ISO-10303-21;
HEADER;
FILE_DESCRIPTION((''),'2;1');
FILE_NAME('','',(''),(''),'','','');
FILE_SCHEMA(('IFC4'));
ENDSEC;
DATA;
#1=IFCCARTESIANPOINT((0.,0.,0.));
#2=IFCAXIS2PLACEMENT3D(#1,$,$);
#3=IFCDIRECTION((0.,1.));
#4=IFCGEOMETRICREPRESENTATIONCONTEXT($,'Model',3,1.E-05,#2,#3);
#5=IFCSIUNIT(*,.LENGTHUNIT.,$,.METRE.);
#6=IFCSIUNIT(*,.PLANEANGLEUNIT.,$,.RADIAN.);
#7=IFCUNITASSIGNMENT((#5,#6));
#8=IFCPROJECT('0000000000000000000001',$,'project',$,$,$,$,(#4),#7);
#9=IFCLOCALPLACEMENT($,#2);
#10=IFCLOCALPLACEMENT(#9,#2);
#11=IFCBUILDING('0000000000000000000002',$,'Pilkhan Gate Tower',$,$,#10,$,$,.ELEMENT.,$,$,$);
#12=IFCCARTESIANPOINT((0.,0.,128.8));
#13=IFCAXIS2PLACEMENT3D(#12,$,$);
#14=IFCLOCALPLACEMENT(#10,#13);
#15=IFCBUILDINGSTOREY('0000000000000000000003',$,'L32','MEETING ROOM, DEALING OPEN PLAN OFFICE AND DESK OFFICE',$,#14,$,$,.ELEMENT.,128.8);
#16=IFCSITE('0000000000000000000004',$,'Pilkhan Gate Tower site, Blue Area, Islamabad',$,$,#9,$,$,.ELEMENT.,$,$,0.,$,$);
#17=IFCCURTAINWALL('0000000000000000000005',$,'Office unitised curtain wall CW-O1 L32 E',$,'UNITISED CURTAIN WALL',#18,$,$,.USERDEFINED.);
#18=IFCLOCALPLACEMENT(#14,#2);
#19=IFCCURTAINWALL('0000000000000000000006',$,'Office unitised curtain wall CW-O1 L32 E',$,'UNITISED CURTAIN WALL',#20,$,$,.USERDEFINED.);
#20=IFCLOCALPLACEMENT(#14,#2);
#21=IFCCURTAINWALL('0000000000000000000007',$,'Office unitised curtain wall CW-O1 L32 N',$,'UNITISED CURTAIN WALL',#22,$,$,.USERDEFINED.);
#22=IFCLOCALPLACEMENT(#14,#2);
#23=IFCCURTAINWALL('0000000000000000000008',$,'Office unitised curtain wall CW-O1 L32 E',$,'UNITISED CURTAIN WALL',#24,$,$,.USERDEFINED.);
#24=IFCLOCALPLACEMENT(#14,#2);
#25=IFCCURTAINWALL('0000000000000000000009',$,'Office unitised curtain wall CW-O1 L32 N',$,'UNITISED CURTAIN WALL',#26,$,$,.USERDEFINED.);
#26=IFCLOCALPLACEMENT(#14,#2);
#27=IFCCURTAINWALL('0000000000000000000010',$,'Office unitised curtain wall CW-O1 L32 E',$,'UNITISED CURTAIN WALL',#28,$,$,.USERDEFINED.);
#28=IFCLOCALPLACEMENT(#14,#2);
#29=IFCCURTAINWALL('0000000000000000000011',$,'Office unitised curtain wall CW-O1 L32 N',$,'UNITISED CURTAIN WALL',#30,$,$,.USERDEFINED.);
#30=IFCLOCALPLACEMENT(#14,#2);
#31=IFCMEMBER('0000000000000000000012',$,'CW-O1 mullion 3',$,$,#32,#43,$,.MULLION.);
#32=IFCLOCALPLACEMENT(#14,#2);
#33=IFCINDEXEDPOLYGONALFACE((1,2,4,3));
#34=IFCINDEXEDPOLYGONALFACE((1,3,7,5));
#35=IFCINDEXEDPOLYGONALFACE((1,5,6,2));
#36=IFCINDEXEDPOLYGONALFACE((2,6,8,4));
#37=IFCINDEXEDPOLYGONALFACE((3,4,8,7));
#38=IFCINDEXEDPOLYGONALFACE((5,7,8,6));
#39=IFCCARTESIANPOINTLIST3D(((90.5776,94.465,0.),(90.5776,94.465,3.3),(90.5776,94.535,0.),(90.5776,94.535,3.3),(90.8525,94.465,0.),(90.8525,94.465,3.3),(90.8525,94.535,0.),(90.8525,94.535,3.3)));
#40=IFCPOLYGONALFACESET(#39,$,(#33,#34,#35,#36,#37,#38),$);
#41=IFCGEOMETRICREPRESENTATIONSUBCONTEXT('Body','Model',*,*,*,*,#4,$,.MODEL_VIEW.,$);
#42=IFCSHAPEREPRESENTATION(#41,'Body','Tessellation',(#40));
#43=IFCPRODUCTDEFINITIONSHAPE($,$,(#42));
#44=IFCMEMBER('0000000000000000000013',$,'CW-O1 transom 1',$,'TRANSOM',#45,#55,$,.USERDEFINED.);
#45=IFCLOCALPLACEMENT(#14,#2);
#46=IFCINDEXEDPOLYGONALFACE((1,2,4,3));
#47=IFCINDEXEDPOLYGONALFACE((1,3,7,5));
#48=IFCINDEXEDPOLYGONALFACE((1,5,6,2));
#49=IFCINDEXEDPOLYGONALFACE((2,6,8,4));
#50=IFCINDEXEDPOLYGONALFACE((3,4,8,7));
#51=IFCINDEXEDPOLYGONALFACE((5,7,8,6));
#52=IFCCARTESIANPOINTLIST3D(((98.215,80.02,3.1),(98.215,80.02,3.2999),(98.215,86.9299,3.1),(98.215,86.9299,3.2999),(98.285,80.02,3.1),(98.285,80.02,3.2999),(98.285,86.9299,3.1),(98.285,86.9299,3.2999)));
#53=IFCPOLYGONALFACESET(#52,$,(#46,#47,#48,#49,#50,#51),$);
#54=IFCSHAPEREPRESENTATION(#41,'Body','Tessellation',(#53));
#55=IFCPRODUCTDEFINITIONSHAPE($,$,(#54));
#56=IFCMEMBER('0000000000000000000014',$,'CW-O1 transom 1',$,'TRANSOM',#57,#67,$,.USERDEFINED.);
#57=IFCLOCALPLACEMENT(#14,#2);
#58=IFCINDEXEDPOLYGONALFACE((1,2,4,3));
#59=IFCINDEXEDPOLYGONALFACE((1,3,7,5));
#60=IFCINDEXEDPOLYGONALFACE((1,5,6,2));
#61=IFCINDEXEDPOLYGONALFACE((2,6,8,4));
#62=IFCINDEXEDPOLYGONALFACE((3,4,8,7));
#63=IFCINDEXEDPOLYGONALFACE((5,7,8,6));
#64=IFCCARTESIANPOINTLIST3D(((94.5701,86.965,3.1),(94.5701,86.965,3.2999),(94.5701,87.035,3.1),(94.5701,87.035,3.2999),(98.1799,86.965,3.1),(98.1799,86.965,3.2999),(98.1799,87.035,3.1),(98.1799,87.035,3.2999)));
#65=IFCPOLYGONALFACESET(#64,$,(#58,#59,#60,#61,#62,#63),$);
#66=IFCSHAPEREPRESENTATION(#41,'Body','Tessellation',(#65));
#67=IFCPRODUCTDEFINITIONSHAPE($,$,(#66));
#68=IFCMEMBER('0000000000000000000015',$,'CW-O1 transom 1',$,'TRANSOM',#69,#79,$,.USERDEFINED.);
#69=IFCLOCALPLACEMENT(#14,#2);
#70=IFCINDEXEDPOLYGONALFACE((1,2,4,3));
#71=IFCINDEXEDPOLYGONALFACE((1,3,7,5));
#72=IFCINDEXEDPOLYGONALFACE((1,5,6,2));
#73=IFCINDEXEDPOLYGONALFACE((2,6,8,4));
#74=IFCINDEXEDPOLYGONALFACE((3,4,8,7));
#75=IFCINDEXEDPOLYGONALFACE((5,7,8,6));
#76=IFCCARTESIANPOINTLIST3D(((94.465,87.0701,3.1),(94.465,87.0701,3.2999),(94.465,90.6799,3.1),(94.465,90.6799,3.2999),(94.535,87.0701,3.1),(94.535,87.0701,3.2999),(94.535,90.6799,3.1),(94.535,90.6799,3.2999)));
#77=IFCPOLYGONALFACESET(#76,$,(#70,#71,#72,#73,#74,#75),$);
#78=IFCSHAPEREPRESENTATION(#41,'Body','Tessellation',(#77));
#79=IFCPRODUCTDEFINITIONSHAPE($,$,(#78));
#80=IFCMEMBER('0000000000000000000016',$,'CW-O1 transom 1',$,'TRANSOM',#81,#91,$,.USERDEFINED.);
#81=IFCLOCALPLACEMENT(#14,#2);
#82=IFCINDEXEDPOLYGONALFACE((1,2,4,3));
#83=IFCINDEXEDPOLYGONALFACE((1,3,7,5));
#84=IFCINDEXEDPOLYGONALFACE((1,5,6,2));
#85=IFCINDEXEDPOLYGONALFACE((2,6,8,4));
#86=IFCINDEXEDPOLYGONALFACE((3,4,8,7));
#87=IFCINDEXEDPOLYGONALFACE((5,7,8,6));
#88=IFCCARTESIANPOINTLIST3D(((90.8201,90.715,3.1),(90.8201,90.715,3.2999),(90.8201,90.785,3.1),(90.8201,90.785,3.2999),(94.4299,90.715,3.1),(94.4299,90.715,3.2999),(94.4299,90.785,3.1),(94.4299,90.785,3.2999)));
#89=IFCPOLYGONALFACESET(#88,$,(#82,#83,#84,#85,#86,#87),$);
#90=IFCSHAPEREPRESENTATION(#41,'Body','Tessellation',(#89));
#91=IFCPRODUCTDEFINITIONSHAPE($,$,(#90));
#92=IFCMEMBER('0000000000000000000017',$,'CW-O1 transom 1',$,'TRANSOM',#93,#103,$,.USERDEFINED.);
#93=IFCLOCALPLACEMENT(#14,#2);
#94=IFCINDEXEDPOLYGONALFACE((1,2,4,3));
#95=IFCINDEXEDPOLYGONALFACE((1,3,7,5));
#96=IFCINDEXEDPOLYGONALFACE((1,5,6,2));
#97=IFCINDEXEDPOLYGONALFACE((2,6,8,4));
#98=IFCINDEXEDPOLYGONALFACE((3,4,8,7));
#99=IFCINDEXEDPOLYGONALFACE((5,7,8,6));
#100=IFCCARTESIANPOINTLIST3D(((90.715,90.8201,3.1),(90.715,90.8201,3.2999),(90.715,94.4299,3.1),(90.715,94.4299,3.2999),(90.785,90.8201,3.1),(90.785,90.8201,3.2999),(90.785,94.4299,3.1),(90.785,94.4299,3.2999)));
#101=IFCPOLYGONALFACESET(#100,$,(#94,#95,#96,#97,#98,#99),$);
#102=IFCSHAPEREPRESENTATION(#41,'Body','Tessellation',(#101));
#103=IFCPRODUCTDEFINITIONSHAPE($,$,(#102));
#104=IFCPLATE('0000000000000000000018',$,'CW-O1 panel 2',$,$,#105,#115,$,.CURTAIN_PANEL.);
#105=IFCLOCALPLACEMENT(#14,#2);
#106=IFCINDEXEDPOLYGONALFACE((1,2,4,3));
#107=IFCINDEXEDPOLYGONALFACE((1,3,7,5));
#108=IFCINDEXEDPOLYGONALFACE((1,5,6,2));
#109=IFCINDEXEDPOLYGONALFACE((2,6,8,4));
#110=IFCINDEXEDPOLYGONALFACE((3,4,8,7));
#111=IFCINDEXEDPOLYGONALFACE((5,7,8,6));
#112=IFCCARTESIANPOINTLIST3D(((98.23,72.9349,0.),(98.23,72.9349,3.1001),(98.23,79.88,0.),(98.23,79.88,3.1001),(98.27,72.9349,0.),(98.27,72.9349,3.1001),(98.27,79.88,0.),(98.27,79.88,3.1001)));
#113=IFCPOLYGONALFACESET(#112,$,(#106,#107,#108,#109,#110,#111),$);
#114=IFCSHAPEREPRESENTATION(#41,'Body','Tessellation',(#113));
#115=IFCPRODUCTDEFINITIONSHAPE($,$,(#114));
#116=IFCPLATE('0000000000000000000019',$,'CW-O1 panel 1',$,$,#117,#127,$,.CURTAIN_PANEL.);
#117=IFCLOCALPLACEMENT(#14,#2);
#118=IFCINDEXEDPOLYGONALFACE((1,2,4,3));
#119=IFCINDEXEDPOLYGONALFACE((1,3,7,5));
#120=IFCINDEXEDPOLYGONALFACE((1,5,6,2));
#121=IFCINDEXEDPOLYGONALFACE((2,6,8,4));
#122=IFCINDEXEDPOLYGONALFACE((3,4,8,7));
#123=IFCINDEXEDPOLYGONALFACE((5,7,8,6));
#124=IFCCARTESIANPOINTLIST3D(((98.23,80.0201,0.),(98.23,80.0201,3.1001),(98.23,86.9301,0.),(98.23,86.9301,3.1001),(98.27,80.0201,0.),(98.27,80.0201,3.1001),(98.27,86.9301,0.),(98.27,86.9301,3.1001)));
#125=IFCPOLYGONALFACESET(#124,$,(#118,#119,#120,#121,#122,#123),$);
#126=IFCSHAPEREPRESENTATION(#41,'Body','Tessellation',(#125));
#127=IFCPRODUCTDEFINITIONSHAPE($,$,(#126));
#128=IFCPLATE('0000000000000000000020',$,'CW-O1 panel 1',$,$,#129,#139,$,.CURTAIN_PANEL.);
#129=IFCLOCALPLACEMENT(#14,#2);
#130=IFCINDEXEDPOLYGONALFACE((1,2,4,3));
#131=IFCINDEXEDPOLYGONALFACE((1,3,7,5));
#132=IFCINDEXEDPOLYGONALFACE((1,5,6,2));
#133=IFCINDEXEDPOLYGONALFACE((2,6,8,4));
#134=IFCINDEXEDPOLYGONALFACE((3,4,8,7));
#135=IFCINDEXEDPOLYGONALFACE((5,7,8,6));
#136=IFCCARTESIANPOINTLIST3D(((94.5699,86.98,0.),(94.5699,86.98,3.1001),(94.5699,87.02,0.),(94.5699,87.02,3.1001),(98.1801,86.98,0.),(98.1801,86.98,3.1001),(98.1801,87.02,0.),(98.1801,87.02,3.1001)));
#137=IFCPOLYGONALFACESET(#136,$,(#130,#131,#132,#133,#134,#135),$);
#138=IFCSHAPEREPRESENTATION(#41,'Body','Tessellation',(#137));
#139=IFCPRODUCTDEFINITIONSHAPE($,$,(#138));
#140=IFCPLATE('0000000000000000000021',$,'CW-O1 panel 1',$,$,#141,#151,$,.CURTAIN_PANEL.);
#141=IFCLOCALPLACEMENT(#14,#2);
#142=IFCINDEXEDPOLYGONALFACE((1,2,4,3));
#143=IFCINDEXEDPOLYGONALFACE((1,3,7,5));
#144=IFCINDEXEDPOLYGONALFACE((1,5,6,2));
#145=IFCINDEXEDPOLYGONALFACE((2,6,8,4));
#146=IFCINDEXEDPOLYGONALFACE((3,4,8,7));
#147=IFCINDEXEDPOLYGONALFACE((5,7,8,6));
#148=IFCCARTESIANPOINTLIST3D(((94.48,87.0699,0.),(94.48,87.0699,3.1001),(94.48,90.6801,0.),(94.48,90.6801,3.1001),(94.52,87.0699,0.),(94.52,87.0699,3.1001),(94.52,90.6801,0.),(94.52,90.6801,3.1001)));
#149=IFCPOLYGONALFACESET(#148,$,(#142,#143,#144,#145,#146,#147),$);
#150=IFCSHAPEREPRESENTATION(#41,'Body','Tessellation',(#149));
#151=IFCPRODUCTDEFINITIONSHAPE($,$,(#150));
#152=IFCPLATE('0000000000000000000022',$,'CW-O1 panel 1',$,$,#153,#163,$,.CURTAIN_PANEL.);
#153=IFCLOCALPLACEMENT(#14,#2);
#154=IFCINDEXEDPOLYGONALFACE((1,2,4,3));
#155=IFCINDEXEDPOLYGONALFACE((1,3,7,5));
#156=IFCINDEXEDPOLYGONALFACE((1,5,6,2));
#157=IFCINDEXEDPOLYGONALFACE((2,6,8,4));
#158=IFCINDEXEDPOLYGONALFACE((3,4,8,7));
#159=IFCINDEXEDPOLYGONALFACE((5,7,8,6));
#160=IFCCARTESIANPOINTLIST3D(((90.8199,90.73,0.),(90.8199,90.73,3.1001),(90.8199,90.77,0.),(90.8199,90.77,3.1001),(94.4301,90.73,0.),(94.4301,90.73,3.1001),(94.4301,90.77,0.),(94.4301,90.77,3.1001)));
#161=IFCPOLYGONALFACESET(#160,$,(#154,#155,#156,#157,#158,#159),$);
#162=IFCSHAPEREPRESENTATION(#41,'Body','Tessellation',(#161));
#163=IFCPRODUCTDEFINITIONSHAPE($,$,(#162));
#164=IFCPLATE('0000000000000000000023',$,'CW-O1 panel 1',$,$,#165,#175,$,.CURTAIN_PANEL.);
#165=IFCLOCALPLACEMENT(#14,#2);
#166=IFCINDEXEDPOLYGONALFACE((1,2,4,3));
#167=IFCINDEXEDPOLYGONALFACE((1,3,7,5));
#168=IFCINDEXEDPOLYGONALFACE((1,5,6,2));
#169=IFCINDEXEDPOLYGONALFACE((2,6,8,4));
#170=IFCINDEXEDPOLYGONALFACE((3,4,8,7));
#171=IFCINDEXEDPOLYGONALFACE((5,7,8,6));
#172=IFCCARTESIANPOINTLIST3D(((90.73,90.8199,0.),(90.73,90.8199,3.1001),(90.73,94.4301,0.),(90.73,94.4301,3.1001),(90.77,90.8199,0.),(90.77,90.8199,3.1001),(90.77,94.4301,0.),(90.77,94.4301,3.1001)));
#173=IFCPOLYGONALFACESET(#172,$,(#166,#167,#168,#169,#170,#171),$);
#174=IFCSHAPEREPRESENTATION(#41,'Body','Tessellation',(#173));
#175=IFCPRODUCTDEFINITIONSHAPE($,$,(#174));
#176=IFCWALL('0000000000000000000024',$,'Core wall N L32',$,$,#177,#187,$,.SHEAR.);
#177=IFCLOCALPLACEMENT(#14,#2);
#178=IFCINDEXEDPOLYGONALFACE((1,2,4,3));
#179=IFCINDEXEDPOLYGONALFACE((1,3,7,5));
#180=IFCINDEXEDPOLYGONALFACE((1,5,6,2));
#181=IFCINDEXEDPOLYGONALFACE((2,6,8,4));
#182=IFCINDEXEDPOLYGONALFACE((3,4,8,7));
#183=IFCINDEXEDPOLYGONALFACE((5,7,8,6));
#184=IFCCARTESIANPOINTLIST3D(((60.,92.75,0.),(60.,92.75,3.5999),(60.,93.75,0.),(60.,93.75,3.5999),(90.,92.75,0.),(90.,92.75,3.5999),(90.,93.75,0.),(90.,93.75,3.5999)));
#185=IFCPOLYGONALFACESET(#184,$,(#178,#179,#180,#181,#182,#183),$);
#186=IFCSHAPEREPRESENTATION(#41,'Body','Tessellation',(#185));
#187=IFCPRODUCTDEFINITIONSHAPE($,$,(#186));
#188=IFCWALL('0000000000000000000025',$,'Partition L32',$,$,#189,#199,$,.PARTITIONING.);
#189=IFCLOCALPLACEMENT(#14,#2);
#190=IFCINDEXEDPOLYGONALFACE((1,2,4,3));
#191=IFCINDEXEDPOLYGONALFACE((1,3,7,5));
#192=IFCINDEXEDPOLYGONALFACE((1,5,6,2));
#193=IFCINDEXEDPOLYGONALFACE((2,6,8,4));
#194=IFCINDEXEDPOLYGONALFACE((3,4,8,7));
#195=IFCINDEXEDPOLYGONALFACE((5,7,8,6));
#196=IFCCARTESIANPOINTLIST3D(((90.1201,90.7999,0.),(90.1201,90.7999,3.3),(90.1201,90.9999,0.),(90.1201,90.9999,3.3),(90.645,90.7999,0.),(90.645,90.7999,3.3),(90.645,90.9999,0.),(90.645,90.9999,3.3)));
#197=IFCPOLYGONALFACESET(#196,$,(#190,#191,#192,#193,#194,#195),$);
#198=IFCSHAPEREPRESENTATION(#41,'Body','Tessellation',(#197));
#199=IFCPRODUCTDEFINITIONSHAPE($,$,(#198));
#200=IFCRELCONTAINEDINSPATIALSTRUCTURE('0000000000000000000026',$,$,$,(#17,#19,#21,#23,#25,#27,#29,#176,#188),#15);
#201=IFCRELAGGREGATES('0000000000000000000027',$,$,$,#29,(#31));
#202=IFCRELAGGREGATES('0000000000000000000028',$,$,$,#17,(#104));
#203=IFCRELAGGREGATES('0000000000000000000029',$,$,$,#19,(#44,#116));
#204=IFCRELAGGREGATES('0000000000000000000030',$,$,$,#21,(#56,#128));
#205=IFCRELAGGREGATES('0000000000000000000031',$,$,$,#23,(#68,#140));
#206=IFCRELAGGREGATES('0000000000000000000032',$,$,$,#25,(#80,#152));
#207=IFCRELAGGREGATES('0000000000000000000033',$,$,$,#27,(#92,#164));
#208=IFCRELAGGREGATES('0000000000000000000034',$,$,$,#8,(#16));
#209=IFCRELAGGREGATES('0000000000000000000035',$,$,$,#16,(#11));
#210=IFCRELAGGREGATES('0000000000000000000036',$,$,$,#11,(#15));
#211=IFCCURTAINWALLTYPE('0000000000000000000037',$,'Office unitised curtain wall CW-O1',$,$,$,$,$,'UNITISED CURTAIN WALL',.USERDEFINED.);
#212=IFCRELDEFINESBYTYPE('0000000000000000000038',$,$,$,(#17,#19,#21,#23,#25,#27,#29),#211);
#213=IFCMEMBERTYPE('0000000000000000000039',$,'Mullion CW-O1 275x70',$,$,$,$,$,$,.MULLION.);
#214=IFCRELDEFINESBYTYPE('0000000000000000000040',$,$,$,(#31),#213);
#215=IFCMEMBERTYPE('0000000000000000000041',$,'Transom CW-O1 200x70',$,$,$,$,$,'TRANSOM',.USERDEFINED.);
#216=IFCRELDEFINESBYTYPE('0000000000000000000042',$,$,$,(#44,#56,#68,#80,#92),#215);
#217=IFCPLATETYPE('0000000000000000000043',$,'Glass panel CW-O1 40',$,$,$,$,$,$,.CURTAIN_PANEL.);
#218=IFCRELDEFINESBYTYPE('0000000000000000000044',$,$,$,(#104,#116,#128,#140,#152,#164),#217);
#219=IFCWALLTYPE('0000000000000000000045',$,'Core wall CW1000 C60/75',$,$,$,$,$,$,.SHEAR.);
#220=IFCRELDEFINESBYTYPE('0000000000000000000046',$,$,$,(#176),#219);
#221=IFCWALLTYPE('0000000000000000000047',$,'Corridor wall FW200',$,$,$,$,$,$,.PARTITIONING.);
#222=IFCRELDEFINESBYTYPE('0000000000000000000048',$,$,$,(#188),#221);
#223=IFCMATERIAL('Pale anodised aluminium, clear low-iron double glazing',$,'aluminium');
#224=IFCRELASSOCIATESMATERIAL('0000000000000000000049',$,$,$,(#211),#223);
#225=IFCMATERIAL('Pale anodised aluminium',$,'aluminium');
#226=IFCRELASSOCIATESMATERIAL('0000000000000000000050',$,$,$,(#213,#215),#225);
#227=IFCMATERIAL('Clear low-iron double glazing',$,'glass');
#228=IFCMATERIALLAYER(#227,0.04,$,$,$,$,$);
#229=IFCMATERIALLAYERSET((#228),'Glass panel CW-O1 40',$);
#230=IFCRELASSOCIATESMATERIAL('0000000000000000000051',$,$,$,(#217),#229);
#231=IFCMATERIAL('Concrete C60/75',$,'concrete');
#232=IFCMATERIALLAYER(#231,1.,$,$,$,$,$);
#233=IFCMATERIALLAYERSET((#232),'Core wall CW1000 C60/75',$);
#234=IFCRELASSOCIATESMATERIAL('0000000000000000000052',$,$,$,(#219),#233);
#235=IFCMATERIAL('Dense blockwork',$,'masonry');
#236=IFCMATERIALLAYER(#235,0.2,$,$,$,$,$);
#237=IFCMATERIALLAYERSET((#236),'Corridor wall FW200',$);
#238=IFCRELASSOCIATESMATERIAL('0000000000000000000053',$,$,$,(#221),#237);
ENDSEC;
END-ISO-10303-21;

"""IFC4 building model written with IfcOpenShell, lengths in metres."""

from ifc_helpers import new_model, si_unit, direction, frame, frame_2d, origin, origin_2d, place, context, subcontext, project, spatial, rectangle, extrude, material, layer, layer_set, material_profile, profile_set, type_object, element, aggregate, save


model = new_model("IFC4")

# Units and contexts
model_context = context("Model", 3, precision=1e-05, world=origin(), true_north=direction((0.0, 1.0)))
body_context = subcontext(model_context, "Body", "Model", "MODEL_VIEW")
ifc_project = project(units=[si_unit("LENGTHUNIT", "METRE"), si_unit("PLANEANGLEUNIT", "RADIAN")], contexts=[model_context])

# Site, building, storey
site_placement = place(None, origin())
site = spatial("IfcSite", under=ifc_project, at=site_placement, Name="Pilkhan Gate Tower site, Blue Area, Islamabad", CompositionType="ELEMENT", RefElevation=0.0)
building_placement = place(site_placement, origin())
building = spatial("IfcBuilding", under=site, at=building_placement, Name="Pilkhan Gate Tower", CompositionType="ELEMENT")
storey_placement = place(building_placement, frame((0.0, 0.0, 128.8)))
storey = spatial("IfcBuildingStorey", under=building, at=storey_placement, Name="L32", Description="MEETING ROOM, DEALING OPEN PLAN OFFICE AND DESK OFFICE", CompositionType="ELEMENT", Elevation=128.8)

# Shared definitions
ifc_material_1 = material(Name="Concrete C60/75", Category="concrete")

# Curtain wall
ifc_material_2 = material(Name="Pale anodised aluminium, clear low-iron double glazing", Category="aluminium")
curtain_wall_type = type_object("IfcCurtainWallType", Name="Office unitised curtain wall CW-O1", ElementType="UNITISED CURTAIN WALL", PredefinedType="USERDEFINED", material=ifc_material_2)
curtain_wall_1_placement = place(storey_placement, origin())
curtain_wall_1 = element("IfcCurtainWall", 1, at=curtain_wall_1_placement, inside=storey, type_object=curtain_wall_type, Name="Office unitised curtain wall CW-O1 L32 E", ObjectType="UNITISED CURTAIN WALL", PredefinedType="USERDEFINED")
ifc_material_3 = material(Name="Pale anodised aluminium", Category="aluminium")
ifc_material_profile_1 = material_profile(ifc_material_3, rectangle(XDim=0.0701, YDim=0.2749, at=origin_2d()), Name="Mullion 275x70")
ifc_profile_set_1 = profile_set([ifc_material_profile_1], Name="Pale anodised aluminium")
member_type_1 = type_object("IfcMemberType", Name="Mullion CW-O1 275x70", PredefinedType="MULLION", material=ifc_profile_set_1)

# Curtain walls
curtain_wall_2_placement = place(storey_placement, origin())
curtain_wall_2 = element("IfcCurtainWall", 2, at=curtain_wall_2_placement, inside=storey, type_object=curtain_wall_type, Name="Office unitised curtain wall CW-O1 L32 E", ObjectType="UNITISED CURTAIN WALL", PredefinedType="USERDEFINED")
curtain_wall_3_placement = place(storey_placement, origin())
curtain_wall_3 = element("IfcCurtainWall", 3, at=curtain_wall_3_placement, inside=storey, type_object=curtain_wall_type, Name="Office unitised curtain wall CW-O1 L32 N", ObjectType="UNITISED CURTAIN WALL", PredefinedType="USERDEFINED")
curtain_wall_4_placement = place(storey_placement, origin())
curtain_wall_4 = element("IfcCurtainWall", 4, at=curtain_wall_4_placement, inside=storey, type_object=curtain_wall_type, Name="Office unitised curtain wall CW-O1 L32 E", ObjectType="UNITISED CURTAIN WALL", PredefinedType="USERDEFINED")
curtain_wall_5_placement = place(storey_placement, origin())
curtain_wall_5 = element("IfcCurtainWall", 5, at=curtain_wall_5_placement, inside=storey, type_object=curtain_wall_type, Name="Office unitised curtain wall CW-O1 L32 N", ObjectType="UNITISED CURTAIN WALL", PredefinedType="USERDEFINED")
curtain_wall_6_placement = place(storey_placement, origin())
curtain_wall_6 = element("IfcCurtainWall", 6, at=curtain_wall_6_placement, inside=storey, type_object=curtain_wall_type, Name="Office unitised curtain wall CW-O1 L32 E", ObjectType="UNITISED CURTAIN WALL", PredefinedType="USERDEFINED")

# Curtain wall, member
curtain_wall_7_placement = place(storey_placement, origin())
curtain_wall_7 = element("IfcCurtainWall", 7, at=curtain_wall_7_placement, inside=storey, type_object=curtain_wall_type, Name="Office unitised curtain wall CW-O1 L32 N", ObjectType="UNITISED CURTAIN WALL", PredefinedType="USERDEFINED")
member_1_placement = place(storey_placement, frame((90.7151, 94.5, 0.0), z_axis=(0.0, 0.0, 1.0), x_axis=(0.0, 1.0, 0.0)))
member_1 = element("IfcMember", 8, at=member_1_placement, type_object=member_type_1, Name="CW-O1 mullion 3", PredefinedType="MULLION", context=body_context, shape_type="SweptSolid", body=[
    extrude(rectangle(XDim=0.0701, YDim=0.2749, at=origin_2d()), origin(), (0.0, 0.0, 1.0), 3.3),
])
aggregate(curtain_wall_7, [member_1])

# Members
ifc_material_profile_2 = material_profile(ifc_material_3, rectangle(XDim=0.0701, YDim=0.2, at=origin_2d()), Name="Transom 200x70")
ifc_profile_set_2 = profile_set([ifc_material_profile_2], Name="Pale anodised aluminium")
member_type_2 = type_object("IfcMemberType", Name="Transom CW-O1 200x70", ElementType="TRANSOM", PredefinedType="USERDEFINED", material=ifc_profile_set_2)
member_2_placement = place(storey_placement, frame((98.25, 80.02, 3.2), z_axis=(0.0, 1.0, 0.0), x_axis=(-1.0, 0.0, 0.0)))
member_2 = element("IfcMember", 9, at=member_2_placement, type_object=member_type_2, Name="CW-O1 transom 1", ObjectType="TRANSOM", PredefinedType="USERDEFINED", context=body_context, shape_type="SweptSolid", body=[
    extrude(rectangle(XDim=0.0701, YDim=0.2, at=origin_2d()), origin(), (0.0, 0.0, 1.0), 6.9099),
])
member_3_placement = place(storey_placement, frame((94.5701, 87.0, 3.2), z_axis=(1.0, 0.0, 0.0), x_axis=(0.0, 1.0, 0.0)))
member_3 = element("IfcMember", 10, at=member_3_placement, type_object=member_type_2, Name="CW-O1 transom 1", ObjectType="TRANSOM", PredefinedType="USERDEFINED", context=body_context, shape_type="SweptSolid", body=[
    extrude(rectangle(XDim=0.0701, YDim=0.2, at=origin_2d()), origin(), (0.0, 0.0, 1.0), 3.6099),
])
member_4_placement = place(storey_placement, frame((94.5, 87.0701, 3.2), z_axis=(0.0, 1.0, 0.0), x_axis=(-1.0, 0.0, 0.0)))
member_4 = element("IfcMember", 11, at=member_4_placement, type_object=member_type_2, Name="CW-O1 transom 1", ObjectType="TRANSOM", PredefinedType="USERDEFINED", context=body_context, shape_type="SweptSolid", body=[
    extrude(rectangle(XDim=0.0701, YDim=0.2, at=origin_2d()), origin(), (0.0, 0.0, 1.0), 3.6099),
])
member_5_placement = place(storey_placement, frame((90.8201, 90.75, 3.2), z_axis=(1.0, 0.0, 0.0), x_axis=(0.0, 1.0, 0.0)))
member_5 = element("IfcMember", 12, at=member_5_placement, type_object=member_type_2, Name="CW-O1 transom 1", ObjectType="TRANSOM", PredefinedType="USERDEFINED", context=body_context, shape_type="SweptSolid", body=[
    extrude(rectangle(XDim=0.0701, YDim=0.2, at=origin_2d()), origin(), (0.0, 0.0, 1.0), 3.6099),
])
member_6_placement = place(storey_placement, frame((90.75, 90.8201, 3.2), z_axis=(0.0, 1.0, 0.0), x_axis=(-1.0, 0.0, 0.0)))
member_6 = element("IfcMember", 13, at=member_6_placement, type_object=member_type_2, Name="CW-O1 transom 1", ObjectType="TRANSOM", PredefinedType="USERDEFINED", context=body_context, shape_type="SweptSolid", body=[
    extrude(rectangle(XDim=0.0701, YDim=0.2, at=origin_2d()), origin(), (0.0, 0.0, 1.0), 3.6099),
])

# Plates
ifc_material_4 = material(Name="Clear low-iron double glazing", Category="glass")
ifc_layer_1 = layer(ifc_material_4, 0.04)
ifc_layer_set_1 = layer_set([ifc_layer_1], Name="Glass panel CW-O1 40")
plate_type = type_object("IfcPlateType", Name="Glass panel CW-O1 40", PredefinedType="CURTAIN_PANEL", material=ifc_layer_set_1)
plate_1_placement = place(storey_placement, frame((98.25, 76.4075, 0.0), z_axis=(0.0, 0.0, 1.0), x_axis=(0.0, 1.0, 0.0)))
plate_1 = element("IfcPlate", 14, at=plate_1_placement, type_object=plate_type, Name="CW-O1 panel 2", PredefinedType="CURTAIN_PANEL", context=body_context, shape_type="SweptSolid", body=[
    extrude(rectangle(XDim=6.9451, YDim=0.04, at=origin_2d()), origin(), (0.0, 0.0, 1.0), 3.1001),
])
aggregate(curtain_wall_1, [plate_1])
plate_2_placement = place(storey_placement, frame((98.25, 83.4751, 0.0), z_axis=(0.0, 0.0, 1.0), x_axis=(0.0, 1.0, 0.0)))
plate_2 = element("IfcPlate", 15, at=plate_2_placement, type_object=plate_type, Name="CW-O1 panel 1", PredefinedType="CURTAIN_PANEL", context=body_context, shape_type="SweptSolid", body=[
    extrude(rectangle(XDim=6.9099, YDim=0.04, at=origin_2d()), origin(), (0.0, 0.0, 1.0), 3.1001),
])
aggregate(curtain_wall_2, [member_2, plate_2])
plate_3_placement = place(storey_placement, frame((96.375, 87.0, 0.0), z_axis=(0.0, 0.0, 1.0), x_axis=(1.0, 0.0, 0.0)))
plate_3 = element("IfcPlate", 16, at=plate_3_placement, type_object=plate_type, Name="CW-O1 panel 1", PredefinedType="CURTAIN_PANEL", context=body_context, shape_type="SweptSolid", body=[
    extrude(rectangle(XDim=3.6101, YDim=0.04, at=origin_2d()), origin(), (0.0, 0.0, 1.0), 3.1001),
])
aggregate(curtain_wall_3, [member_3, plate_3])
plate_4_placement = place(storey_placement, frame((94.5, 88.875, 0.0), z_axis=(0.0, 0.0, 1.0), x_axis=(0.0, 1.0, 0.0)))
plate_4 = element("IfcPlate", 17, at=plate_4_placement, type_object=plate_type, Name="CW-O1 panel 1", PredefinedType="CURTAIN_PANEL", context=body_context, shape_type="SweptSolid", body=[
    extrude(rectangle(XDim=3.6101, YDim=0.04, at=origin_2d()), origin(), (0.0, 0.0, 1.0), 3.1001),
])
aggregate(curtain_wall_4, [member_4, plate_4])
plate_5_placement = place(storey_placement, frame((92.625, 90.75, 0.0), z_axis=(0.0, 0.0, 1.0), x_axis=(1.0, 0.0, 0.0)))
plate_5 = element("IfcPlate", 18, at=plate_5_placement, type_object=plate_type, Name="CW-O1 panel 1", PredefinedType="CURTAIN_PANEL", context=body_context, shape_type="SweptSolid", body=[
    extrude(rectangle(XDim=3.6101, YDim=0.04, at=origin_2d()), origin(), (0.0, 0.0, 1.0), 3.1001),
])
aggregate(curtain_wall_5, [member_5, plate_5])
plate_6_placement = place(storey_placement, frame((90.75, 92.625, 0.0), z_axis=(0.0, 0.0, 1.0), x_axis=(0.0, 1.0, 0.0)))
plate_6 = element("IfcPlate", 19, at=plate_6_placement, type_object=plate_type, Name="CW-O1 panel 1", PredefinedType="CURTAIN_PANEL", context=body_context, shape_type="SweptSolid", body=[
    extrude(rectangle(XDim=3.6101, YDim=0.04, at=origin_2d()), origin(), (0.0, 0.0, 1.0), 3.1001),
])
aggregate(curtain_wall_6, [member_6, plate_6])

# Walls
ifc_layer_2 = layer(ifc_material_1, 1.0)
ifc_layer_set_2 = layer_set([ifc_layer_2], Name="Core wall CW1000 C60/75")
wall_type_1 = type_object("IfcWallType", Name="Core wall CW1000 C60/75", PredefinedType="SHEAR", material=ifc_layer_set_2)
wall_1_placement = place(storey_placement, frame((90.0, 93.25, 0.0), z_axis=(0.0, 0.0, 1.0), x_axis=(-1.0, 0.0, 0.0)))
element("IfcWall", 20, at=wall_1_placement, inside=storey, type_object=wall_type_1, Name="Core wall N L32", PredefinedType="SHEAR", context=body_context, shape_type="SweptSolid", body=[
    extrude(rectangle(XDim=30.0, YDim=1.0, at=frame_2d((15.0, 0.0))), origin(), (0.0, 0.0, 1.0), 3.5999),
])
ifc_material_5 = material(Name="Dense blockwork", Category="masonry")
ifc_layer_3 = layer(ifc_material_5, 0.2)
ifc_layer_set_3 = layer_set([ifc_layer_3], Name="Corridor wall FW200")
wall_type_2 = type_object("IfcWallType", Name="Corridor wall FW200", PredefinedType="PARTITIONING", material=ifc_layer_set_3)
wall_2_placement = place(storey_placement, frame((90.1201, 90.8999, 0.0), z_axis=(0.0, 0.0, 1.0), x_axis=(1.0, 0.0, 0.0)))
element("IfcWall", 21, at=wall_2_placement, inside=storey, type_object=wall_type_2, Name="Partition L32", PredefinedType="PARTITIONING", context=body_context, shape_type="SweptSolid", body=[
    extrude(rectangle(XDim=0.5249, YDim=0.2, at=frame_2d((0.2625, 0.0))), origin(), (0.0, 0.0, 1.0), 3.3),
])

save(model, "model.ifc")
